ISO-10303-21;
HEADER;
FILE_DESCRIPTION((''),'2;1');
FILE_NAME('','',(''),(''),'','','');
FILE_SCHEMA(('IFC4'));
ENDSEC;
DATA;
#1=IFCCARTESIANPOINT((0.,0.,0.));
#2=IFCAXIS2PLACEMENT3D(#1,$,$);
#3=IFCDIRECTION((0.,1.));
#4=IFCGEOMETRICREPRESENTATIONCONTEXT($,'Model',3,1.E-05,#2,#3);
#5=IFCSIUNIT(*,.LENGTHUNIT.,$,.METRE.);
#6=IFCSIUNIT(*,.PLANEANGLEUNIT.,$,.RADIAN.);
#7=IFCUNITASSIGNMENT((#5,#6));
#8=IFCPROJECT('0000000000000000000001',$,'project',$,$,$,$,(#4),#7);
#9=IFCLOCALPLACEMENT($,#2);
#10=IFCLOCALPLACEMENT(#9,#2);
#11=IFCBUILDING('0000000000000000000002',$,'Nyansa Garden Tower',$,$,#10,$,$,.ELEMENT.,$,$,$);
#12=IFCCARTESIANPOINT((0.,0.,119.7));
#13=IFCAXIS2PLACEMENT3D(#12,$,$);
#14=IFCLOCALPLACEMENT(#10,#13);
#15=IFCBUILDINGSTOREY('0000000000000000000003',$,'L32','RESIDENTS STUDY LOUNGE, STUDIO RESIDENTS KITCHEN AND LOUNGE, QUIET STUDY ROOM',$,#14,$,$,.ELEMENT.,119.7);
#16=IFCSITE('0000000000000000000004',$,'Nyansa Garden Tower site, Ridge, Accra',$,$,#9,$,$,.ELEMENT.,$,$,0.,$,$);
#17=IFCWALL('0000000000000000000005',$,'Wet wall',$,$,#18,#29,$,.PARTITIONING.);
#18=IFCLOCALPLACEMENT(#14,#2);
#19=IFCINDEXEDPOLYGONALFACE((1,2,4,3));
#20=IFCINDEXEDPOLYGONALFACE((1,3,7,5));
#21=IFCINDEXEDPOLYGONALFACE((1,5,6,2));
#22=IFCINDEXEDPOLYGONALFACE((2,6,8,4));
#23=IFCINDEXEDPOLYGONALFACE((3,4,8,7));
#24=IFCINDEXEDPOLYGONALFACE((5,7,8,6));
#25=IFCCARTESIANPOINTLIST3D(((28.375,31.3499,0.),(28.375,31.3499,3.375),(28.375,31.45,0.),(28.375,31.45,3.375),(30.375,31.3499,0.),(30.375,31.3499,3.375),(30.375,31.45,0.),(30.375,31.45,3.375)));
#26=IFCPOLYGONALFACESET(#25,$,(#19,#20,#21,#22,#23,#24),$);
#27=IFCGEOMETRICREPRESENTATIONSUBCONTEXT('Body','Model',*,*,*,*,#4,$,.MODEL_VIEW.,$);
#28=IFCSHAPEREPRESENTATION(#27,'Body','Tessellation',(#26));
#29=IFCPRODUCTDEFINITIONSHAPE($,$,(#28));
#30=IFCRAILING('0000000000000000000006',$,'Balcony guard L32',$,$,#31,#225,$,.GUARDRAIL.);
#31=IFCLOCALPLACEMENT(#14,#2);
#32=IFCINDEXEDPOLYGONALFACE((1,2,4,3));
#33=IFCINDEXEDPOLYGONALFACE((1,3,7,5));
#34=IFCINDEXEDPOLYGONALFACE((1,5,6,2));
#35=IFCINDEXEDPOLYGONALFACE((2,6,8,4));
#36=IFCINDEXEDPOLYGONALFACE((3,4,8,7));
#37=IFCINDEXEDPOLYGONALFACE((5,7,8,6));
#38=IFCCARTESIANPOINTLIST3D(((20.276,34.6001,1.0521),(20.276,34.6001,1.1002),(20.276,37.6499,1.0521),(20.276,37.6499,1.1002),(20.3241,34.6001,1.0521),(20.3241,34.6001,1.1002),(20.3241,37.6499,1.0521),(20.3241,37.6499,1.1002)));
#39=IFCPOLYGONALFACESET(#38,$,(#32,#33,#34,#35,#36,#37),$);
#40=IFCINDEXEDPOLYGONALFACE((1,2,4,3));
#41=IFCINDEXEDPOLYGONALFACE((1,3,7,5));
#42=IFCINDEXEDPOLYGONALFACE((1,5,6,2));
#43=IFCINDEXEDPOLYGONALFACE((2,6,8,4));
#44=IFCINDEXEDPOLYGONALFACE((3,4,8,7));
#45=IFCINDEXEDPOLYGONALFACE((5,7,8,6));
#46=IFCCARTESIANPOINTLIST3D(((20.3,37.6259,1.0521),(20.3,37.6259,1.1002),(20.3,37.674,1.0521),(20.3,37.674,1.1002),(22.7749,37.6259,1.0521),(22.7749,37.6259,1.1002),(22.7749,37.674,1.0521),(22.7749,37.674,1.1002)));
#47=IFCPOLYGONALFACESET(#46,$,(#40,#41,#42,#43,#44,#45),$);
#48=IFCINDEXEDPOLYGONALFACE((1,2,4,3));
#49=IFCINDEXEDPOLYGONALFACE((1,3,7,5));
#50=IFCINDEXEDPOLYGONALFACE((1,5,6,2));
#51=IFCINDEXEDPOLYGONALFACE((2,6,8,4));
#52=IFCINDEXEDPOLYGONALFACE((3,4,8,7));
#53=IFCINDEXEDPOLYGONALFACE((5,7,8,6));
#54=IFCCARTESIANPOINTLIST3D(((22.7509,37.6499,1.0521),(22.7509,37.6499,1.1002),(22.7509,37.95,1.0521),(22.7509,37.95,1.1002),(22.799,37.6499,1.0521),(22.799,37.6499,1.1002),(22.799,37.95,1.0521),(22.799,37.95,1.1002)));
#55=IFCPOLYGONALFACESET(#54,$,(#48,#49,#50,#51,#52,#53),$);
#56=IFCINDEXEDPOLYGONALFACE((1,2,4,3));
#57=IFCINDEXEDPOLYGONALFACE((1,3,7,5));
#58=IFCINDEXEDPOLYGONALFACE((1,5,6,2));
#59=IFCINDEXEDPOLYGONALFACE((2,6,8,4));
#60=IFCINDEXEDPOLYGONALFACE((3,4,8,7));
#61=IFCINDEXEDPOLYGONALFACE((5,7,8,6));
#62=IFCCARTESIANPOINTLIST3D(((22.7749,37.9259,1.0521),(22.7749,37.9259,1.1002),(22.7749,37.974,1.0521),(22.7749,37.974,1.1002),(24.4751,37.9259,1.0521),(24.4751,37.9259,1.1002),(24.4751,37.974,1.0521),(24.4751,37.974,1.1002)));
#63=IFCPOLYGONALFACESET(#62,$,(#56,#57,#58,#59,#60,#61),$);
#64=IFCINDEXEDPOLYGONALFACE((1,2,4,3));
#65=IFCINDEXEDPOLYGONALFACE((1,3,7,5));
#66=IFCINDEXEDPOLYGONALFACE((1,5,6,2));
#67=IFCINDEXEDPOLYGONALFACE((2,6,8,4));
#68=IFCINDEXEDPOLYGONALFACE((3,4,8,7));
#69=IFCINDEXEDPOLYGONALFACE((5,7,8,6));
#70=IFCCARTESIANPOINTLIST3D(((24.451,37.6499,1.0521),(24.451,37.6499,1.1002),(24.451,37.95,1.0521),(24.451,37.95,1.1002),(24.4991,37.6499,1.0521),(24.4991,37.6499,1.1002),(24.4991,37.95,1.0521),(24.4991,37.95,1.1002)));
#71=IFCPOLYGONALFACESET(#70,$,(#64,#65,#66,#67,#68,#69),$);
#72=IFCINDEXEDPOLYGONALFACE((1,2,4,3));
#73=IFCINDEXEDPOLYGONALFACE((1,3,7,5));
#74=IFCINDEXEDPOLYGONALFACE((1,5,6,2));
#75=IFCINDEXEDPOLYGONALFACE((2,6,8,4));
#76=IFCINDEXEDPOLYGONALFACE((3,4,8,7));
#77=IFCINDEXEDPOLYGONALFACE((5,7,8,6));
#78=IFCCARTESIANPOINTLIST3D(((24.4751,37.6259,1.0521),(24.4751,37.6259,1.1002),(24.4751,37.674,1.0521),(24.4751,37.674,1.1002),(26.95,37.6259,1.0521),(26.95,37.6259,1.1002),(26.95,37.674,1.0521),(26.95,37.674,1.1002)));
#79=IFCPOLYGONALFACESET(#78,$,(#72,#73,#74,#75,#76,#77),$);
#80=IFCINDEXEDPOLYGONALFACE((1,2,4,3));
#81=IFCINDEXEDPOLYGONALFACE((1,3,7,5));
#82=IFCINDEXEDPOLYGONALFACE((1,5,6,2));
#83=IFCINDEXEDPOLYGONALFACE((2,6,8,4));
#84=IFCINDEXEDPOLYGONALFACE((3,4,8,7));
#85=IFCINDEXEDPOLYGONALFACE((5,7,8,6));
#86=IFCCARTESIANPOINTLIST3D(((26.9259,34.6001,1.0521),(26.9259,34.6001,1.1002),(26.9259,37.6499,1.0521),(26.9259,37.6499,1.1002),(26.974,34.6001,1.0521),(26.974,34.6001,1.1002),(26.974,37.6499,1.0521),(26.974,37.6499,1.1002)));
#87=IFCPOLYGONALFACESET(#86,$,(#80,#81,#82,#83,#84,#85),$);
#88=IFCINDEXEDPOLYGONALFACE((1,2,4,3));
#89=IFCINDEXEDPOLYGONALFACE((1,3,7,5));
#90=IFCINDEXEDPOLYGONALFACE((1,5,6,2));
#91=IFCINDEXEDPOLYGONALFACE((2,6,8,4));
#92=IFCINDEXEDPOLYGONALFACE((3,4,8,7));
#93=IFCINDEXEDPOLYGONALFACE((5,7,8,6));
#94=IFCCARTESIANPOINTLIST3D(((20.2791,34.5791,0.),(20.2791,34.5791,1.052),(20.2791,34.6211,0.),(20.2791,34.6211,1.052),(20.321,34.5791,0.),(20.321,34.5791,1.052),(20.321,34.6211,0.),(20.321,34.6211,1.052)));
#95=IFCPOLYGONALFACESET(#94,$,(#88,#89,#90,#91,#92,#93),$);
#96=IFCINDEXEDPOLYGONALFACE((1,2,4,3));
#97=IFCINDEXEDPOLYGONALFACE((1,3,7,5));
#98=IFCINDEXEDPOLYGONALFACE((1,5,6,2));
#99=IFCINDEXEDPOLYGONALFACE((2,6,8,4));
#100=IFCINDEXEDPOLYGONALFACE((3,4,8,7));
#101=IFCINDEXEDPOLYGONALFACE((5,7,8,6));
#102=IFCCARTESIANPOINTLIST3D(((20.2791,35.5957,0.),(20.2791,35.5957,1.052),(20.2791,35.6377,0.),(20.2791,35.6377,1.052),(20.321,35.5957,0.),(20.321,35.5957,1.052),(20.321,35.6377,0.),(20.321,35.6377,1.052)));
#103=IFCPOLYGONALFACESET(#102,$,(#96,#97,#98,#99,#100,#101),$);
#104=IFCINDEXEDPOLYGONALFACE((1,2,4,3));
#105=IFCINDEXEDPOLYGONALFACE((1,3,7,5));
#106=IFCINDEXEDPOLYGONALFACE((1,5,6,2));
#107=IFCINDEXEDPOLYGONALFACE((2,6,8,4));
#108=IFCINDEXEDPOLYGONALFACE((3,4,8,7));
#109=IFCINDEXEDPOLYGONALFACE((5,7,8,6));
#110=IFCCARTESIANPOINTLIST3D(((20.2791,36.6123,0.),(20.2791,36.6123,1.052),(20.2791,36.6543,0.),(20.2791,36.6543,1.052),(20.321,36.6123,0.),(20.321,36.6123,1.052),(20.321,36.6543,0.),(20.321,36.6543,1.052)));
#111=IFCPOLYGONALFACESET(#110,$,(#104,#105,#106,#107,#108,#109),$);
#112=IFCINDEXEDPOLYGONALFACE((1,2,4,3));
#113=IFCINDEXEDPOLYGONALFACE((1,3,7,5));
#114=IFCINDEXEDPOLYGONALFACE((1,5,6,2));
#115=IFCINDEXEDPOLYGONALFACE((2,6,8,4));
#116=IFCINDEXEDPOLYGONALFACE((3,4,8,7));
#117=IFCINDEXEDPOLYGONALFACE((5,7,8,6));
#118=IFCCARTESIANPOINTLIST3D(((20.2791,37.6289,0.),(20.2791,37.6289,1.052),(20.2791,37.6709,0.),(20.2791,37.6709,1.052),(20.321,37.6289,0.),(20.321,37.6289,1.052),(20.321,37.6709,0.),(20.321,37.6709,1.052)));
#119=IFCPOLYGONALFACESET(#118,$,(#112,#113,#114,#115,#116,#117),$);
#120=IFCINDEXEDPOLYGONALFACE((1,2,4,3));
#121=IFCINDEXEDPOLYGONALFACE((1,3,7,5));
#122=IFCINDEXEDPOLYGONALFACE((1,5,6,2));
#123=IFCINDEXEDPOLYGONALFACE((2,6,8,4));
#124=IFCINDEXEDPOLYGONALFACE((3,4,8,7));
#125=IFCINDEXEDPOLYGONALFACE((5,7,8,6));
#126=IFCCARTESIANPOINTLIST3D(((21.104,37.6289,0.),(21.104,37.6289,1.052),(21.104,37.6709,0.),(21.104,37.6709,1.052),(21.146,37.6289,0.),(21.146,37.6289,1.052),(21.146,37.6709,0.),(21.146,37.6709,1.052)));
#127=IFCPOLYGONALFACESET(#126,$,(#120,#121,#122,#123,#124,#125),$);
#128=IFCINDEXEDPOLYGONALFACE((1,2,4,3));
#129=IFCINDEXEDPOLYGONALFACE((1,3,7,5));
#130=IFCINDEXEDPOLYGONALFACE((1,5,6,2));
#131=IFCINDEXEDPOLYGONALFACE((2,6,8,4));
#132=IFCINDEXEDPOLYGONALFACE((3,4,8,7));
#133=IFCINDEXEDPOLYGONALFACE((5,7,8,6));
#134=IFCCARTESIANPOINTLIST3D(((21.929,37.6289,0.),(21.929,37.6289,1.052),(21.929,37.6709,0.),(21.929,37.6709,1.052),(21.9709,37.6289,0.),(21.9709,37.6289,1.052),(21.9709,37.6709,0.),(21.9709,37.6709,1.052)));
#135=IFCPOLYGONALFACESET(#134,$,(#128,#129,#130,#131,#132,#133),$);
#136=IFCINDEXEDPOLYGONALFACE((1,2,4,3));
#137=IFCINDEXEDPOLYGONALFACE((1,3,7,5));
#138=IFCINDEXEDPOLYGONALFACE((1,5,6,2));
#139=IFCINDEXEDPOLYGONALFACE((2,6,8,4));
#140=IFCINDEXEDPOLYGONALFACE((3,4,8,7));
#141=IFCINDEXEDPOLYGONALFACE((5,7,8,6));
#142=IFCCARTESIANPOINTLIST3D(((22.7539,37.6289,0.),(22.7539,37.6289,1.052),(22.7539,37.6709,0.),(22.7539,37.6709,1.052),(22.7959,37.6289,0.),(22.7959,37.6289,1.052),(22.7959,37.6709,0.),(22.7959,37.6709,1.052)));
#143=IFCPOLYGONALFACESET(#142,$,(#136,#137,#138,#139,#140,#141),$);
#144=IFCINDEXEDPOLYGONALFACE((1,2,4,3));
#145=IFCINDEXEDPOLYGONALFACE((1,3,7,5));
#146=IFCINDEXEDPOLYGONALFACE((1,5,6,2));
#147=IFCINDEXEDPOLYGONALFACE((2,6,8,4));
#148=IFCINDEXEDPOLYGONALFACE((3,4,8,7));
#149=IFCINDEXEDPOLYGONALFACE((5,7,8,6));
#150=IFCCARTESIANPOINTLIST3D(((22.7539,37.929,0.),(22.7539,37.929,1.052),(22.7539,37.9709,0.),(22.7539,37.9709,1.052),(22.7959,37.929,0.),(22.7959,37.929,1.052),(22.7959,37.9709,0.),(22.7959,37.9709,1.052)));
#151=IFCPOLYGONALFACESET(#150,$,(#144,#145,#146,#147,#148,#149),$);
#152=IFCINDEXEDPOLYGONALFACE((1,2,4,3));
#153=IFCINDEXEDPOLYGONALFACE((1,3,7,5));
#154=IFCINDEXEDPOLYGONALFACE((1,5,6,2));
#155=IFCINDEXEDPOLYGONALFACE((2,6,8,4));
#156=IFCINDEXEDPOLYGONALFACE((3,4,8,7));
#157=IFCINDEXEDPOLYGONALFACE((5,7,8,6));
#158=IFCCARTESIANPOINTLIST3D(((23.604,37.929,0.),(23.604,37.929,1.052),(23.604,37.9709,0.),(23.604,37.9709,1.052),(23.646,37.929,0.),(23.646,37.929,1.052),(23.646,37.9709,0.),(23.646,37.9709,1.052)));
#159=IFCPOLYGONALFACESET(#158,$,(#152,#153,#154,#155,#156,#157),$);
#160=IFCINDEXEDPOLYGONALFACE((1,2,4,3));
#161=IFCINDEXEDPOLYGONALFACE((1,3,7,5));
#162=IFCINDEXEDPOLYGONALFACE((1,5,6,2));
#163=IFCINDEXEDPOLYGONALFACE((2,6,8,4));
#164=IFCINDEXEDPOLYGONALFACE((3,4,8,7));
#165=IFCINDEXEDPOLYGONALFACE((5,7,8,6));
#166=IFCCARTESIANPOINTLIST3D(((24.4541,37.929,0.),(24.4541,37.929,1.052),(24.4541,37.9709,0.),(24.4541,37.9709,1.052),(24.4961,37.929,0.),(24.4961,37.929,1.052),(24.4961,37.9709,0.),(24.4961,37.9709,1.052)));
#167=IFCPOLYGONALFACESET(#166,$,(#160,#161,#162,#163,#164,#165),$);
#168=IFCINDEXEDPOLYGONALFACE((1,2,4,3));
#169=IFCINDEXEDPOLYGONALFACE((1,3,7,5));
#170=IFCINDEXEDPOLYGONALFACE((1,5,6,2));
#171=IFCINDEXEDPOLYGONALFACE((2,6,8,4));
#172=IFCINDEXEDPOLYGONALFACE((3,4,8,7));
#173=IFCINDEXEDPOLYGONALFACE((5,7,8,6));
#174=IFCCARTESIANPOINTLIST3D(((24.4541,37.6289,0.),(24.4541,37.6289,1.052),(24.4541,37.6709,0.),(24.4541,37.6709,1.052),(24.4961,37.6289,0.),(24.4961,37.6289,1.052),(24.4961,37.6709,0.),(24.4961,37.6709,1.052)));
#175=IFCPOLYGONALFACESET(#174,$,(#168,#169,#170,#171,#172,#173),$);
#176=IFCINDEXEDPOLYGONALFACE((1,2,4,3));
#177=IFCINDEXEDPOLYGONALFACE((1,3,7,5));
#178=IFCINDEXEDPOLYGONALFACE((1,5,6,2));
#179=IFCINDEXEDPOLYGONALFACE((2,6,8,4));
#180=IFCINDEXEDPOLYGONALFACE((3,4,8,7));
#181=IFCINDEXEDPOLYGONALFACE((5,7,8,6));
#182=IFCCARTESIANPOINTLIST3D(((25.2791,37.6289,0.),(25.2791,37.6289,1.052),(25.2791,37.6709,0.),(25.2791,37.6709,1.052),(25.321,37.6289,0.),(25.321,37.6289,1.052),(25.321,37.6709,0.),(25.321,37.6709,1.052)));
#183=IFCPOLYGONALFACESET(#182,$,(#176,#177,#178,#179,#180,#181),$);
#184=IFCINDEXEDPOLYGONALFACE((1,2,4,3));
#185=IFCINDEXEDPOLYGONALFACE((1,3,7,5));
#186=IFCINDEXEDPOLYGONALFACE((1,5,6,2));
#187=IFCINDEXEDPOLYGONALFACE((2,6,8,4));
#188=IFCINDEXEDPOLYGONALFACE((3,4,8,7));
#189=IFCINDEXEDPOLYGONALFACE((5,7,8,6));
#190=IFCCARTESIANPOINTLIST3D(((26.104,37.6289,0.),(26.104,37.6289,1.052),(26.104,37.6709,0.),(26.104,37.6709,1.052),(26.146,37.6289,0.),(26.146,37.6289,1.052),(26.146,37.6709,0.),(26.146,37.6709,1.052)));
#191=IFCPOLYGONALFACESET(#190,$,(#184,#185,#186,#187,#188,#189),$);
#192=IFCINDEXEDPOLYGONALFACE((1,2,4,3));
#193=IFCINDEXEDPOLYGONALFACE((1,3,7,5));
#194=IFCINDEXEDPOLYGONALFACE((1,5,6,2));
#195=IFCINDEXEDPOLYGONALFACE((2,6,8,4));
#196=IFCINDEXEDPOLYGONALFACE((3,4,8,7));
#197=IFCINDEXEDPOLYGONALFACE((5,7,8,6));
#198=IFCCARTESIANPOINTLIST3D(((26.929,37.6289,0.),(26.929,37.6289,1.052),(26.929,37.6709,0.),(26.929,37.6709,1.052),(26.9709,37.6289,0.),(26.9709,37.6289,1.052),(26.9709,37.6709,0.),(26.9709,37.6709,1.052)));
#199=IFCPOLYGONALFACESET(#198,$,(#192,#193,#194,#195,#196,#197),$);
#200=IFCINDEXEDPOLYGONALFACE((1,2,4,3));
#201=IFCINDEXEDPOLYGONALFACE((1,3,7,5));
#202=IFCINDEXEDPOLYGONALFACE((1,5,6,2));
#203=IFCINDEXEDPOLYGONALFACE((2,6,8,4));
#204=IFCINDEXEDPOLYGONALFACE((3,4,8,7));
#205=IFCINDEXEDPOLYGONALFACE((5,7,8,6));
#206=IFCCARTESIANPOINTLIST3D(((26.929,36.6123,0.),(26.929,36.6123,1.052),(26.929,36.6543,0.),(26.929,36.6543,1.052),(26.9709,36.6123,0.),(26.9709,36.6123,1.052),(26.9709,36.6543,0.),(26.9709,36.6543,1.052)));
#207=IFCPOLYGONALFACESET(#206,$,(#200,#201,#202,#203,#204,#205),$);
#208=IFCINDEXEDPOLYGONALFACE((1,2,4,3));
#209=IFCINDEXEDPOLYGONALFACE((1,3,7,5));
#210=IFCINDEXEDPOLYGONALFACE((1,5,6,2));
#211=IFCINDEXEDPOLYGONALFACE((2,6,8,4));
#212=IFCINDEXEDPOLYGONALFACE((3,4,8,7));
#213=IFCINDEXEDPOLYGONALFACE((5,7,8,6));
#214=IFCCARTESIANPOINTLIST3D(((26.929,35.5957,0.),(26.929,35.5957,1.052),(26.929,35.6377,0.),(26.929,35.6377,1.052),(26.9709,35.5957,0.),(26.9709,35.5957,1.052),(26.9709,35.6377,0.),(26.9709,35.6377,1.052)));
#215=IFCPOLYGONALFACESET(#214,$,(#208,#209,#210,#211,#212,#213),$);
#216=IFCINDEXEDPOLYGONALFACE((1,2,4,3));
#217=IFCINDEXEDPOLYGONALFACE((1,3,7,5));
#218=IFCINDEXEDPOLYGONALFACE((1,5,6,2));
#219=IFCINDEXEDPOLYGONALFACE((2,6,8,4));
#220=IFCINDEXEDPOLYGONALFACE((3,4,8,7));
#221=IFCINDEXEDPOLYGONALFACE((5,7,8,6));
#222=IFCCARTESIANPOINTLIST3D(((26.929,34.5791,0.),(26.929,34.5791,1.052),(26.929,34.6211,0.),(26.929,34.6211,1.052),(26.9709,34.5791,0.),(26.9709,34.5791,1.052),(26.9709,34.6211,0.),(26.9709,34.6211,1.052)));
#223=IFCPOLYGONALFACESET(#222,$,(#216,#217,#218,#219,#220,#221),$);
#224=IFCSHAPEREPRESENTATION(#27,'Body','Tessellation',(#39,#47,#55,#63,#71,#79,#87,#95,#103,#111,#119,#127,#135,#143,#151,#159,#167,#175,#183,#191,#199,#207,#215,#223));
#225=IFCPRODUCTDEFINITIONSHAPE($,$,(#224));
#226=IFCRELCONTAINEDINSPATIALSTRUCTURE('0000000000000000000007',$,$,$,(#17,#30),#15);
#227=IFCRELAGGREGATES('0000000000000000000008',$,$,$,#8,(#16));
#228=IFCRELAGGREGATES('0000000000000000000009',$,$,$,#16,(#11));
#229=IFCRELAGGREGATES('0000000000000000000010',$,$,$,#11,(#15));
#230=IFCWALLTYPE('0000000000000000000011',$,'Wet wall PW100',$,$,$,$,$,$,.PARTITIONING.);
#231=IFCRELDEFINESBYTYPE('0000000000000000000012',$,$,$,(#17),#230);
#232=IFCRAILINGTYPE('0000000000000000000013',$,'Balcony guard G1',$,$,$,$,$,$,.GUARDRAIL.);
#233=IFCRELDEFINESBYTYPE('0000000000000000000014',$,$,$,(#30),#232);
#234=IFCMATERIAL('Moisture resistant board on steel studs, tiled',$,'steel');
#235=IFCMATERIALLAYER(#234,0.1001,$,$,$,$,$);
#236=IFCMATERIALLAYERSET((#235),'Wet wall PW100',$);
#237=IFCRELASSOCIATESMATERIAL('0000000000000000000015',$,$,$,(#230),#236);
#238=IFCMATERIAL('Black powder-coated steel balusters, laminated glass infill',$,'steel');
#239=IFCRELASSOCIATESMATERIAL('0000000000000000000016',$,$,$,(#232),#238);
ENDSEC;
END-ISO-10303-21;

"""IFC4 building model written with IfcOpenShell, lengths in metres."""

from ifc_helpers import new_model, si_unit, direction, frame, frame_2d, origin, origin_2d, place, context, subcontext, project, spatial, rectangle, extrude, material, layer, layer_set, type_object, element, save


model = new_model("IFC4")

# Units and contexts
model_context = context("Model", 3, precision=1e-05, world=origin(), true_north=direction((0.0, 1.0)))
body_context = subcontext(model_context, "Body", "Model", "MODEL_VIEW")
ifc_project = project(units=[si_unit("LENGTHUNIT", "METRE"), si_unit("PLANEANGLEUNIT", "RADIAN")], contexts=[model_context])

# Site, building, storey
site_placement = place(None, origin())
site = spatial("IfcSite", under=ifc_project, at=site_placement, Name="Nyansa Garden Tower site, Ridge, Accra", CompositionType="ELEMENT", RefElevation=0.0)
building_placement = place(site_placement, origin())
building = spatial("IfcBuilding", under=site, at=building_placement, Name="Nyansa Garden Tower", CompositionType="ELEMENT")
storey_placement = place(building_placement, frame((0.0, 0.0, 119.7)))
storey = spatial("IfcBuildingStorey", under=building, at=storey_placement, Name="L32", Description="RESIDENTS STUDY LOUNGE, STUDIO RESIDENTS KITCHEN AND LOUNGE, QUIET STUDY ROOM", CompositionType="ELEMENT", Elevation=119.7)

# Shared definitions
ifc_material_1 = material(Name="Moisture resistant board on steel studs, tiled", Category="steel")
ifc_layer_1 = layer(ifc_material_1, 0.1001)
ifc_layer_set_1 = layer_set([ifc_layer_1], Name="Wet wall PW100")
wall_type_1 = type_object("IfcWallType", Name="Wet wall PW100", PredefinedType="PARTITIONING", material=ifc_layer_set_1)

# Wall
wall_1_placement = place(storey_placement, frame((28.375, 31.3999, 0.0), z_axis=(0.0, 0.0, 1.0), x_axis=(1.0, 0.0, 0.0)))
element("IfcWall", 1, at=wall_1_placement, inside=storey, type_object=wall_type_1, Name="Wet wall", PredefinedType="PARTITIONING", context=body_context, shape_type="SweptSolid", body=[
    extrude(rectangle(XDim=2.0, YDim=0.1001, at=frame_2d((1.0, 0.0))), origin(), (0.0, 0.0, 1.0), 3.375),
])

# Railing
ifc_material_2 = material(Name="Black powder-coated steel balusters, laminated glass infill", Category="steel")
railing_type = type_object("IfcRailingType", Name="Balcony guard G1", PredefinedType="GUARDRAIL", material=ifc_material_2)
railing_placement = place(storey_placement, frame((20.3, 34.6001, 0.0)))
element("IfcRailing", 2, at=railing_placement, inside=storey, type_object=railing_type, Name="Balcony guard L32", PredefinedType="GUARDRAIL", context=body_context, shape_type="SweptSolid", body=[
    extrude(rectangle(XDim=0.0481, YDim=0.0481, at=origin_2d()), frame((0.0, 0.0, 1.0762), z_axis=(0.0, 1.0, 0.0), x_axis=(-1.0, 0.0, 0.0)), (0.0, 0.0, 1.0), 3.0498),
    extrude(rectangle(XDim=0.0481, YDim=0.0481, at=origin_2d()), frame((0.0, 3.0498, 1.0762), z_axis=(1.0, 0.0, 0.0), x_axis=(0.0, 1.0, 0.0)), (0.0, 0.0, 1.0), 2.4749),
    extrude(rectangle(XDim=0.0481, YDim=0.0481, at=origin_2d()), frame((2.4749, 3.0498, 1.0762), z_axis=(0.0, 1.0, 0.0), x_axis=(-1.0, 0.0, 0.0)), (0.0, 0.0, 1.0), 0.3),
    extrude(rectangle(XDim=0.0481, YDim=0.0481, at=origin_2d()), frame((2.4749, 3.3499, 1.0762), z_axis=(1.0, 0.0, 0.0), x_axis=(0.0, 1.0, 0.0)), (0.0, 0.0, 1.0), 1.7002),
    extrude(rectangle(XDim=0.0481, YDim=0.0481, at=origin_2d()), frame((4.175, 3.3499, 1.0762), z_axis=(0.0, -1.0, 0.0), x_axis=(1.0, 0.0, 0.0)), (0.0, 0.0, 1.0), 0.3),
    extrude(rectangle(XDim=0.0481, YDim=0.0481, at=origin_2d()), frame((4.175, 3.0498, 1.0762), z_axis=(1.0, 0.0, 0.0), x_axis=(0.0, 1.0, 0.0)), (0.0, 0.0, 1.0), 2.4749),
    extrude(rectangle(XDim=0.0481, YDim=0.0481, at=origin_2d()), frame((6.6499, 3.0498, 1.0762), z_axis=(0.0, -1.0, 0.0), x_axis=(1.0, 0.0, 0.0)), (0.0, 0.0, 1.0), 3.0498),
    extrude(rectangle(XDim=0.042, YDim=0.042, at=origin_2d()), origin(), (0.0, 0.0, 1.0), 1.052),
    extrude(rectangle(XDim=0.042, YDim=0.042, at=origin_2d()), frame((0.0, 1.0166, 0.0)), (0.0, 0.0, 1.0), 1.052),
    extrude(rectangle(XDim=0.042, YDim=0.042, at=origin_2d()), frame((0.0, 2.0332, 0.0)), (0.0, 0.0, 1.0), 1.052),
    extrude(rectangle(XDim=0.042, YDim=0.042, at=origin_2d()), frame((0.0, 3.0498, 0.0)), (0.0, 0.0, 1.0), 1.052),
    extrude(rectangle(XDim=0.042, YDim=0.042, at=origin_2d()), frame((0.825, 3.0498, 0.0)), (0.0, 0.0, 1.0), 1.052),
    extrude(rectangle(XDim=0.042, YDim=0.042, at=origin_2d()), frame((1.6499, 3.0498, 0.0)), (0.0, 0.0, 1.0), 1.052),
    extrude(rectangle(XDim=0.042, YDim=0.042, at=origin_2d()), frame((2.4749, 3.0498, 0.0)), (0.0, 0.0, 1.0), 1.052),
    extrude(rectangle(XDim=0.042, YDim=0.042, at=origin_2d()), frame((2.4749, 3.3499, 0.0)), (0.0, 0.0, 1.0), 1.052),
    extrude(rectangle(XDim=0.042, YDim=0.042, at=origin_2d()), frame((3.325, 3.3499, 0.0)), (0.0, 0.0, 1.0), 1.052),
    extrude(rectangle(XDim=0.042, YDim=0.042, at=origin_2d()), frame((4.175, 3.3499, 0.0)), (0.0, 0.0, 1.0), 1.052),
    extrude(rectangle(XDim=0.042, YDim=0.042, at=origin_2d()), frame((4.175, 3.0498, 0.0)), (0.0, 0.0, 1.0), 1.052),
    extrude(rectangle(XDim=0.042, YDim=0.042, at=origin_2d()), frame((5.0, 3.0498, 0.0)), (0.0, 0.0, 1.0), 1.052),
    extrude(rectangle(XDim=0.042, YDim=0.042, at=origin_2d()), frame((5.825, 3.0498, 0.0)), (0.0, 0.0, 1.0), 1.052),
    extrude(rectangle(XDim=0.042, YDim=0.042, at=origin_2d()), frame((6.6499, 3.0498, 0.0)), (0.0, 0.0, 1.0), 1.052),
    extrude(rectangle(XDim=0.042, YDim=0.042, at=origin_2d()), frame((6.6499, 2.0332, 0.0)), (0.0, 0.0, 1.0), 1.052),
    extrude(rectangle(XDim=0.042, YDim=0.042, at=origin_2d()), frame((6.6499, 1.0166, 0.0)), (0.0, 0.0, 1.0), 1.052),
    extrude(rectangle(XDim=0.042, YDim=0.042, at=origin_2d()), frame((6.6499, 0.0, 0.0)), (0.0, 0.0, 1.0), 1.052),
])

save(model, "model.ifc")
